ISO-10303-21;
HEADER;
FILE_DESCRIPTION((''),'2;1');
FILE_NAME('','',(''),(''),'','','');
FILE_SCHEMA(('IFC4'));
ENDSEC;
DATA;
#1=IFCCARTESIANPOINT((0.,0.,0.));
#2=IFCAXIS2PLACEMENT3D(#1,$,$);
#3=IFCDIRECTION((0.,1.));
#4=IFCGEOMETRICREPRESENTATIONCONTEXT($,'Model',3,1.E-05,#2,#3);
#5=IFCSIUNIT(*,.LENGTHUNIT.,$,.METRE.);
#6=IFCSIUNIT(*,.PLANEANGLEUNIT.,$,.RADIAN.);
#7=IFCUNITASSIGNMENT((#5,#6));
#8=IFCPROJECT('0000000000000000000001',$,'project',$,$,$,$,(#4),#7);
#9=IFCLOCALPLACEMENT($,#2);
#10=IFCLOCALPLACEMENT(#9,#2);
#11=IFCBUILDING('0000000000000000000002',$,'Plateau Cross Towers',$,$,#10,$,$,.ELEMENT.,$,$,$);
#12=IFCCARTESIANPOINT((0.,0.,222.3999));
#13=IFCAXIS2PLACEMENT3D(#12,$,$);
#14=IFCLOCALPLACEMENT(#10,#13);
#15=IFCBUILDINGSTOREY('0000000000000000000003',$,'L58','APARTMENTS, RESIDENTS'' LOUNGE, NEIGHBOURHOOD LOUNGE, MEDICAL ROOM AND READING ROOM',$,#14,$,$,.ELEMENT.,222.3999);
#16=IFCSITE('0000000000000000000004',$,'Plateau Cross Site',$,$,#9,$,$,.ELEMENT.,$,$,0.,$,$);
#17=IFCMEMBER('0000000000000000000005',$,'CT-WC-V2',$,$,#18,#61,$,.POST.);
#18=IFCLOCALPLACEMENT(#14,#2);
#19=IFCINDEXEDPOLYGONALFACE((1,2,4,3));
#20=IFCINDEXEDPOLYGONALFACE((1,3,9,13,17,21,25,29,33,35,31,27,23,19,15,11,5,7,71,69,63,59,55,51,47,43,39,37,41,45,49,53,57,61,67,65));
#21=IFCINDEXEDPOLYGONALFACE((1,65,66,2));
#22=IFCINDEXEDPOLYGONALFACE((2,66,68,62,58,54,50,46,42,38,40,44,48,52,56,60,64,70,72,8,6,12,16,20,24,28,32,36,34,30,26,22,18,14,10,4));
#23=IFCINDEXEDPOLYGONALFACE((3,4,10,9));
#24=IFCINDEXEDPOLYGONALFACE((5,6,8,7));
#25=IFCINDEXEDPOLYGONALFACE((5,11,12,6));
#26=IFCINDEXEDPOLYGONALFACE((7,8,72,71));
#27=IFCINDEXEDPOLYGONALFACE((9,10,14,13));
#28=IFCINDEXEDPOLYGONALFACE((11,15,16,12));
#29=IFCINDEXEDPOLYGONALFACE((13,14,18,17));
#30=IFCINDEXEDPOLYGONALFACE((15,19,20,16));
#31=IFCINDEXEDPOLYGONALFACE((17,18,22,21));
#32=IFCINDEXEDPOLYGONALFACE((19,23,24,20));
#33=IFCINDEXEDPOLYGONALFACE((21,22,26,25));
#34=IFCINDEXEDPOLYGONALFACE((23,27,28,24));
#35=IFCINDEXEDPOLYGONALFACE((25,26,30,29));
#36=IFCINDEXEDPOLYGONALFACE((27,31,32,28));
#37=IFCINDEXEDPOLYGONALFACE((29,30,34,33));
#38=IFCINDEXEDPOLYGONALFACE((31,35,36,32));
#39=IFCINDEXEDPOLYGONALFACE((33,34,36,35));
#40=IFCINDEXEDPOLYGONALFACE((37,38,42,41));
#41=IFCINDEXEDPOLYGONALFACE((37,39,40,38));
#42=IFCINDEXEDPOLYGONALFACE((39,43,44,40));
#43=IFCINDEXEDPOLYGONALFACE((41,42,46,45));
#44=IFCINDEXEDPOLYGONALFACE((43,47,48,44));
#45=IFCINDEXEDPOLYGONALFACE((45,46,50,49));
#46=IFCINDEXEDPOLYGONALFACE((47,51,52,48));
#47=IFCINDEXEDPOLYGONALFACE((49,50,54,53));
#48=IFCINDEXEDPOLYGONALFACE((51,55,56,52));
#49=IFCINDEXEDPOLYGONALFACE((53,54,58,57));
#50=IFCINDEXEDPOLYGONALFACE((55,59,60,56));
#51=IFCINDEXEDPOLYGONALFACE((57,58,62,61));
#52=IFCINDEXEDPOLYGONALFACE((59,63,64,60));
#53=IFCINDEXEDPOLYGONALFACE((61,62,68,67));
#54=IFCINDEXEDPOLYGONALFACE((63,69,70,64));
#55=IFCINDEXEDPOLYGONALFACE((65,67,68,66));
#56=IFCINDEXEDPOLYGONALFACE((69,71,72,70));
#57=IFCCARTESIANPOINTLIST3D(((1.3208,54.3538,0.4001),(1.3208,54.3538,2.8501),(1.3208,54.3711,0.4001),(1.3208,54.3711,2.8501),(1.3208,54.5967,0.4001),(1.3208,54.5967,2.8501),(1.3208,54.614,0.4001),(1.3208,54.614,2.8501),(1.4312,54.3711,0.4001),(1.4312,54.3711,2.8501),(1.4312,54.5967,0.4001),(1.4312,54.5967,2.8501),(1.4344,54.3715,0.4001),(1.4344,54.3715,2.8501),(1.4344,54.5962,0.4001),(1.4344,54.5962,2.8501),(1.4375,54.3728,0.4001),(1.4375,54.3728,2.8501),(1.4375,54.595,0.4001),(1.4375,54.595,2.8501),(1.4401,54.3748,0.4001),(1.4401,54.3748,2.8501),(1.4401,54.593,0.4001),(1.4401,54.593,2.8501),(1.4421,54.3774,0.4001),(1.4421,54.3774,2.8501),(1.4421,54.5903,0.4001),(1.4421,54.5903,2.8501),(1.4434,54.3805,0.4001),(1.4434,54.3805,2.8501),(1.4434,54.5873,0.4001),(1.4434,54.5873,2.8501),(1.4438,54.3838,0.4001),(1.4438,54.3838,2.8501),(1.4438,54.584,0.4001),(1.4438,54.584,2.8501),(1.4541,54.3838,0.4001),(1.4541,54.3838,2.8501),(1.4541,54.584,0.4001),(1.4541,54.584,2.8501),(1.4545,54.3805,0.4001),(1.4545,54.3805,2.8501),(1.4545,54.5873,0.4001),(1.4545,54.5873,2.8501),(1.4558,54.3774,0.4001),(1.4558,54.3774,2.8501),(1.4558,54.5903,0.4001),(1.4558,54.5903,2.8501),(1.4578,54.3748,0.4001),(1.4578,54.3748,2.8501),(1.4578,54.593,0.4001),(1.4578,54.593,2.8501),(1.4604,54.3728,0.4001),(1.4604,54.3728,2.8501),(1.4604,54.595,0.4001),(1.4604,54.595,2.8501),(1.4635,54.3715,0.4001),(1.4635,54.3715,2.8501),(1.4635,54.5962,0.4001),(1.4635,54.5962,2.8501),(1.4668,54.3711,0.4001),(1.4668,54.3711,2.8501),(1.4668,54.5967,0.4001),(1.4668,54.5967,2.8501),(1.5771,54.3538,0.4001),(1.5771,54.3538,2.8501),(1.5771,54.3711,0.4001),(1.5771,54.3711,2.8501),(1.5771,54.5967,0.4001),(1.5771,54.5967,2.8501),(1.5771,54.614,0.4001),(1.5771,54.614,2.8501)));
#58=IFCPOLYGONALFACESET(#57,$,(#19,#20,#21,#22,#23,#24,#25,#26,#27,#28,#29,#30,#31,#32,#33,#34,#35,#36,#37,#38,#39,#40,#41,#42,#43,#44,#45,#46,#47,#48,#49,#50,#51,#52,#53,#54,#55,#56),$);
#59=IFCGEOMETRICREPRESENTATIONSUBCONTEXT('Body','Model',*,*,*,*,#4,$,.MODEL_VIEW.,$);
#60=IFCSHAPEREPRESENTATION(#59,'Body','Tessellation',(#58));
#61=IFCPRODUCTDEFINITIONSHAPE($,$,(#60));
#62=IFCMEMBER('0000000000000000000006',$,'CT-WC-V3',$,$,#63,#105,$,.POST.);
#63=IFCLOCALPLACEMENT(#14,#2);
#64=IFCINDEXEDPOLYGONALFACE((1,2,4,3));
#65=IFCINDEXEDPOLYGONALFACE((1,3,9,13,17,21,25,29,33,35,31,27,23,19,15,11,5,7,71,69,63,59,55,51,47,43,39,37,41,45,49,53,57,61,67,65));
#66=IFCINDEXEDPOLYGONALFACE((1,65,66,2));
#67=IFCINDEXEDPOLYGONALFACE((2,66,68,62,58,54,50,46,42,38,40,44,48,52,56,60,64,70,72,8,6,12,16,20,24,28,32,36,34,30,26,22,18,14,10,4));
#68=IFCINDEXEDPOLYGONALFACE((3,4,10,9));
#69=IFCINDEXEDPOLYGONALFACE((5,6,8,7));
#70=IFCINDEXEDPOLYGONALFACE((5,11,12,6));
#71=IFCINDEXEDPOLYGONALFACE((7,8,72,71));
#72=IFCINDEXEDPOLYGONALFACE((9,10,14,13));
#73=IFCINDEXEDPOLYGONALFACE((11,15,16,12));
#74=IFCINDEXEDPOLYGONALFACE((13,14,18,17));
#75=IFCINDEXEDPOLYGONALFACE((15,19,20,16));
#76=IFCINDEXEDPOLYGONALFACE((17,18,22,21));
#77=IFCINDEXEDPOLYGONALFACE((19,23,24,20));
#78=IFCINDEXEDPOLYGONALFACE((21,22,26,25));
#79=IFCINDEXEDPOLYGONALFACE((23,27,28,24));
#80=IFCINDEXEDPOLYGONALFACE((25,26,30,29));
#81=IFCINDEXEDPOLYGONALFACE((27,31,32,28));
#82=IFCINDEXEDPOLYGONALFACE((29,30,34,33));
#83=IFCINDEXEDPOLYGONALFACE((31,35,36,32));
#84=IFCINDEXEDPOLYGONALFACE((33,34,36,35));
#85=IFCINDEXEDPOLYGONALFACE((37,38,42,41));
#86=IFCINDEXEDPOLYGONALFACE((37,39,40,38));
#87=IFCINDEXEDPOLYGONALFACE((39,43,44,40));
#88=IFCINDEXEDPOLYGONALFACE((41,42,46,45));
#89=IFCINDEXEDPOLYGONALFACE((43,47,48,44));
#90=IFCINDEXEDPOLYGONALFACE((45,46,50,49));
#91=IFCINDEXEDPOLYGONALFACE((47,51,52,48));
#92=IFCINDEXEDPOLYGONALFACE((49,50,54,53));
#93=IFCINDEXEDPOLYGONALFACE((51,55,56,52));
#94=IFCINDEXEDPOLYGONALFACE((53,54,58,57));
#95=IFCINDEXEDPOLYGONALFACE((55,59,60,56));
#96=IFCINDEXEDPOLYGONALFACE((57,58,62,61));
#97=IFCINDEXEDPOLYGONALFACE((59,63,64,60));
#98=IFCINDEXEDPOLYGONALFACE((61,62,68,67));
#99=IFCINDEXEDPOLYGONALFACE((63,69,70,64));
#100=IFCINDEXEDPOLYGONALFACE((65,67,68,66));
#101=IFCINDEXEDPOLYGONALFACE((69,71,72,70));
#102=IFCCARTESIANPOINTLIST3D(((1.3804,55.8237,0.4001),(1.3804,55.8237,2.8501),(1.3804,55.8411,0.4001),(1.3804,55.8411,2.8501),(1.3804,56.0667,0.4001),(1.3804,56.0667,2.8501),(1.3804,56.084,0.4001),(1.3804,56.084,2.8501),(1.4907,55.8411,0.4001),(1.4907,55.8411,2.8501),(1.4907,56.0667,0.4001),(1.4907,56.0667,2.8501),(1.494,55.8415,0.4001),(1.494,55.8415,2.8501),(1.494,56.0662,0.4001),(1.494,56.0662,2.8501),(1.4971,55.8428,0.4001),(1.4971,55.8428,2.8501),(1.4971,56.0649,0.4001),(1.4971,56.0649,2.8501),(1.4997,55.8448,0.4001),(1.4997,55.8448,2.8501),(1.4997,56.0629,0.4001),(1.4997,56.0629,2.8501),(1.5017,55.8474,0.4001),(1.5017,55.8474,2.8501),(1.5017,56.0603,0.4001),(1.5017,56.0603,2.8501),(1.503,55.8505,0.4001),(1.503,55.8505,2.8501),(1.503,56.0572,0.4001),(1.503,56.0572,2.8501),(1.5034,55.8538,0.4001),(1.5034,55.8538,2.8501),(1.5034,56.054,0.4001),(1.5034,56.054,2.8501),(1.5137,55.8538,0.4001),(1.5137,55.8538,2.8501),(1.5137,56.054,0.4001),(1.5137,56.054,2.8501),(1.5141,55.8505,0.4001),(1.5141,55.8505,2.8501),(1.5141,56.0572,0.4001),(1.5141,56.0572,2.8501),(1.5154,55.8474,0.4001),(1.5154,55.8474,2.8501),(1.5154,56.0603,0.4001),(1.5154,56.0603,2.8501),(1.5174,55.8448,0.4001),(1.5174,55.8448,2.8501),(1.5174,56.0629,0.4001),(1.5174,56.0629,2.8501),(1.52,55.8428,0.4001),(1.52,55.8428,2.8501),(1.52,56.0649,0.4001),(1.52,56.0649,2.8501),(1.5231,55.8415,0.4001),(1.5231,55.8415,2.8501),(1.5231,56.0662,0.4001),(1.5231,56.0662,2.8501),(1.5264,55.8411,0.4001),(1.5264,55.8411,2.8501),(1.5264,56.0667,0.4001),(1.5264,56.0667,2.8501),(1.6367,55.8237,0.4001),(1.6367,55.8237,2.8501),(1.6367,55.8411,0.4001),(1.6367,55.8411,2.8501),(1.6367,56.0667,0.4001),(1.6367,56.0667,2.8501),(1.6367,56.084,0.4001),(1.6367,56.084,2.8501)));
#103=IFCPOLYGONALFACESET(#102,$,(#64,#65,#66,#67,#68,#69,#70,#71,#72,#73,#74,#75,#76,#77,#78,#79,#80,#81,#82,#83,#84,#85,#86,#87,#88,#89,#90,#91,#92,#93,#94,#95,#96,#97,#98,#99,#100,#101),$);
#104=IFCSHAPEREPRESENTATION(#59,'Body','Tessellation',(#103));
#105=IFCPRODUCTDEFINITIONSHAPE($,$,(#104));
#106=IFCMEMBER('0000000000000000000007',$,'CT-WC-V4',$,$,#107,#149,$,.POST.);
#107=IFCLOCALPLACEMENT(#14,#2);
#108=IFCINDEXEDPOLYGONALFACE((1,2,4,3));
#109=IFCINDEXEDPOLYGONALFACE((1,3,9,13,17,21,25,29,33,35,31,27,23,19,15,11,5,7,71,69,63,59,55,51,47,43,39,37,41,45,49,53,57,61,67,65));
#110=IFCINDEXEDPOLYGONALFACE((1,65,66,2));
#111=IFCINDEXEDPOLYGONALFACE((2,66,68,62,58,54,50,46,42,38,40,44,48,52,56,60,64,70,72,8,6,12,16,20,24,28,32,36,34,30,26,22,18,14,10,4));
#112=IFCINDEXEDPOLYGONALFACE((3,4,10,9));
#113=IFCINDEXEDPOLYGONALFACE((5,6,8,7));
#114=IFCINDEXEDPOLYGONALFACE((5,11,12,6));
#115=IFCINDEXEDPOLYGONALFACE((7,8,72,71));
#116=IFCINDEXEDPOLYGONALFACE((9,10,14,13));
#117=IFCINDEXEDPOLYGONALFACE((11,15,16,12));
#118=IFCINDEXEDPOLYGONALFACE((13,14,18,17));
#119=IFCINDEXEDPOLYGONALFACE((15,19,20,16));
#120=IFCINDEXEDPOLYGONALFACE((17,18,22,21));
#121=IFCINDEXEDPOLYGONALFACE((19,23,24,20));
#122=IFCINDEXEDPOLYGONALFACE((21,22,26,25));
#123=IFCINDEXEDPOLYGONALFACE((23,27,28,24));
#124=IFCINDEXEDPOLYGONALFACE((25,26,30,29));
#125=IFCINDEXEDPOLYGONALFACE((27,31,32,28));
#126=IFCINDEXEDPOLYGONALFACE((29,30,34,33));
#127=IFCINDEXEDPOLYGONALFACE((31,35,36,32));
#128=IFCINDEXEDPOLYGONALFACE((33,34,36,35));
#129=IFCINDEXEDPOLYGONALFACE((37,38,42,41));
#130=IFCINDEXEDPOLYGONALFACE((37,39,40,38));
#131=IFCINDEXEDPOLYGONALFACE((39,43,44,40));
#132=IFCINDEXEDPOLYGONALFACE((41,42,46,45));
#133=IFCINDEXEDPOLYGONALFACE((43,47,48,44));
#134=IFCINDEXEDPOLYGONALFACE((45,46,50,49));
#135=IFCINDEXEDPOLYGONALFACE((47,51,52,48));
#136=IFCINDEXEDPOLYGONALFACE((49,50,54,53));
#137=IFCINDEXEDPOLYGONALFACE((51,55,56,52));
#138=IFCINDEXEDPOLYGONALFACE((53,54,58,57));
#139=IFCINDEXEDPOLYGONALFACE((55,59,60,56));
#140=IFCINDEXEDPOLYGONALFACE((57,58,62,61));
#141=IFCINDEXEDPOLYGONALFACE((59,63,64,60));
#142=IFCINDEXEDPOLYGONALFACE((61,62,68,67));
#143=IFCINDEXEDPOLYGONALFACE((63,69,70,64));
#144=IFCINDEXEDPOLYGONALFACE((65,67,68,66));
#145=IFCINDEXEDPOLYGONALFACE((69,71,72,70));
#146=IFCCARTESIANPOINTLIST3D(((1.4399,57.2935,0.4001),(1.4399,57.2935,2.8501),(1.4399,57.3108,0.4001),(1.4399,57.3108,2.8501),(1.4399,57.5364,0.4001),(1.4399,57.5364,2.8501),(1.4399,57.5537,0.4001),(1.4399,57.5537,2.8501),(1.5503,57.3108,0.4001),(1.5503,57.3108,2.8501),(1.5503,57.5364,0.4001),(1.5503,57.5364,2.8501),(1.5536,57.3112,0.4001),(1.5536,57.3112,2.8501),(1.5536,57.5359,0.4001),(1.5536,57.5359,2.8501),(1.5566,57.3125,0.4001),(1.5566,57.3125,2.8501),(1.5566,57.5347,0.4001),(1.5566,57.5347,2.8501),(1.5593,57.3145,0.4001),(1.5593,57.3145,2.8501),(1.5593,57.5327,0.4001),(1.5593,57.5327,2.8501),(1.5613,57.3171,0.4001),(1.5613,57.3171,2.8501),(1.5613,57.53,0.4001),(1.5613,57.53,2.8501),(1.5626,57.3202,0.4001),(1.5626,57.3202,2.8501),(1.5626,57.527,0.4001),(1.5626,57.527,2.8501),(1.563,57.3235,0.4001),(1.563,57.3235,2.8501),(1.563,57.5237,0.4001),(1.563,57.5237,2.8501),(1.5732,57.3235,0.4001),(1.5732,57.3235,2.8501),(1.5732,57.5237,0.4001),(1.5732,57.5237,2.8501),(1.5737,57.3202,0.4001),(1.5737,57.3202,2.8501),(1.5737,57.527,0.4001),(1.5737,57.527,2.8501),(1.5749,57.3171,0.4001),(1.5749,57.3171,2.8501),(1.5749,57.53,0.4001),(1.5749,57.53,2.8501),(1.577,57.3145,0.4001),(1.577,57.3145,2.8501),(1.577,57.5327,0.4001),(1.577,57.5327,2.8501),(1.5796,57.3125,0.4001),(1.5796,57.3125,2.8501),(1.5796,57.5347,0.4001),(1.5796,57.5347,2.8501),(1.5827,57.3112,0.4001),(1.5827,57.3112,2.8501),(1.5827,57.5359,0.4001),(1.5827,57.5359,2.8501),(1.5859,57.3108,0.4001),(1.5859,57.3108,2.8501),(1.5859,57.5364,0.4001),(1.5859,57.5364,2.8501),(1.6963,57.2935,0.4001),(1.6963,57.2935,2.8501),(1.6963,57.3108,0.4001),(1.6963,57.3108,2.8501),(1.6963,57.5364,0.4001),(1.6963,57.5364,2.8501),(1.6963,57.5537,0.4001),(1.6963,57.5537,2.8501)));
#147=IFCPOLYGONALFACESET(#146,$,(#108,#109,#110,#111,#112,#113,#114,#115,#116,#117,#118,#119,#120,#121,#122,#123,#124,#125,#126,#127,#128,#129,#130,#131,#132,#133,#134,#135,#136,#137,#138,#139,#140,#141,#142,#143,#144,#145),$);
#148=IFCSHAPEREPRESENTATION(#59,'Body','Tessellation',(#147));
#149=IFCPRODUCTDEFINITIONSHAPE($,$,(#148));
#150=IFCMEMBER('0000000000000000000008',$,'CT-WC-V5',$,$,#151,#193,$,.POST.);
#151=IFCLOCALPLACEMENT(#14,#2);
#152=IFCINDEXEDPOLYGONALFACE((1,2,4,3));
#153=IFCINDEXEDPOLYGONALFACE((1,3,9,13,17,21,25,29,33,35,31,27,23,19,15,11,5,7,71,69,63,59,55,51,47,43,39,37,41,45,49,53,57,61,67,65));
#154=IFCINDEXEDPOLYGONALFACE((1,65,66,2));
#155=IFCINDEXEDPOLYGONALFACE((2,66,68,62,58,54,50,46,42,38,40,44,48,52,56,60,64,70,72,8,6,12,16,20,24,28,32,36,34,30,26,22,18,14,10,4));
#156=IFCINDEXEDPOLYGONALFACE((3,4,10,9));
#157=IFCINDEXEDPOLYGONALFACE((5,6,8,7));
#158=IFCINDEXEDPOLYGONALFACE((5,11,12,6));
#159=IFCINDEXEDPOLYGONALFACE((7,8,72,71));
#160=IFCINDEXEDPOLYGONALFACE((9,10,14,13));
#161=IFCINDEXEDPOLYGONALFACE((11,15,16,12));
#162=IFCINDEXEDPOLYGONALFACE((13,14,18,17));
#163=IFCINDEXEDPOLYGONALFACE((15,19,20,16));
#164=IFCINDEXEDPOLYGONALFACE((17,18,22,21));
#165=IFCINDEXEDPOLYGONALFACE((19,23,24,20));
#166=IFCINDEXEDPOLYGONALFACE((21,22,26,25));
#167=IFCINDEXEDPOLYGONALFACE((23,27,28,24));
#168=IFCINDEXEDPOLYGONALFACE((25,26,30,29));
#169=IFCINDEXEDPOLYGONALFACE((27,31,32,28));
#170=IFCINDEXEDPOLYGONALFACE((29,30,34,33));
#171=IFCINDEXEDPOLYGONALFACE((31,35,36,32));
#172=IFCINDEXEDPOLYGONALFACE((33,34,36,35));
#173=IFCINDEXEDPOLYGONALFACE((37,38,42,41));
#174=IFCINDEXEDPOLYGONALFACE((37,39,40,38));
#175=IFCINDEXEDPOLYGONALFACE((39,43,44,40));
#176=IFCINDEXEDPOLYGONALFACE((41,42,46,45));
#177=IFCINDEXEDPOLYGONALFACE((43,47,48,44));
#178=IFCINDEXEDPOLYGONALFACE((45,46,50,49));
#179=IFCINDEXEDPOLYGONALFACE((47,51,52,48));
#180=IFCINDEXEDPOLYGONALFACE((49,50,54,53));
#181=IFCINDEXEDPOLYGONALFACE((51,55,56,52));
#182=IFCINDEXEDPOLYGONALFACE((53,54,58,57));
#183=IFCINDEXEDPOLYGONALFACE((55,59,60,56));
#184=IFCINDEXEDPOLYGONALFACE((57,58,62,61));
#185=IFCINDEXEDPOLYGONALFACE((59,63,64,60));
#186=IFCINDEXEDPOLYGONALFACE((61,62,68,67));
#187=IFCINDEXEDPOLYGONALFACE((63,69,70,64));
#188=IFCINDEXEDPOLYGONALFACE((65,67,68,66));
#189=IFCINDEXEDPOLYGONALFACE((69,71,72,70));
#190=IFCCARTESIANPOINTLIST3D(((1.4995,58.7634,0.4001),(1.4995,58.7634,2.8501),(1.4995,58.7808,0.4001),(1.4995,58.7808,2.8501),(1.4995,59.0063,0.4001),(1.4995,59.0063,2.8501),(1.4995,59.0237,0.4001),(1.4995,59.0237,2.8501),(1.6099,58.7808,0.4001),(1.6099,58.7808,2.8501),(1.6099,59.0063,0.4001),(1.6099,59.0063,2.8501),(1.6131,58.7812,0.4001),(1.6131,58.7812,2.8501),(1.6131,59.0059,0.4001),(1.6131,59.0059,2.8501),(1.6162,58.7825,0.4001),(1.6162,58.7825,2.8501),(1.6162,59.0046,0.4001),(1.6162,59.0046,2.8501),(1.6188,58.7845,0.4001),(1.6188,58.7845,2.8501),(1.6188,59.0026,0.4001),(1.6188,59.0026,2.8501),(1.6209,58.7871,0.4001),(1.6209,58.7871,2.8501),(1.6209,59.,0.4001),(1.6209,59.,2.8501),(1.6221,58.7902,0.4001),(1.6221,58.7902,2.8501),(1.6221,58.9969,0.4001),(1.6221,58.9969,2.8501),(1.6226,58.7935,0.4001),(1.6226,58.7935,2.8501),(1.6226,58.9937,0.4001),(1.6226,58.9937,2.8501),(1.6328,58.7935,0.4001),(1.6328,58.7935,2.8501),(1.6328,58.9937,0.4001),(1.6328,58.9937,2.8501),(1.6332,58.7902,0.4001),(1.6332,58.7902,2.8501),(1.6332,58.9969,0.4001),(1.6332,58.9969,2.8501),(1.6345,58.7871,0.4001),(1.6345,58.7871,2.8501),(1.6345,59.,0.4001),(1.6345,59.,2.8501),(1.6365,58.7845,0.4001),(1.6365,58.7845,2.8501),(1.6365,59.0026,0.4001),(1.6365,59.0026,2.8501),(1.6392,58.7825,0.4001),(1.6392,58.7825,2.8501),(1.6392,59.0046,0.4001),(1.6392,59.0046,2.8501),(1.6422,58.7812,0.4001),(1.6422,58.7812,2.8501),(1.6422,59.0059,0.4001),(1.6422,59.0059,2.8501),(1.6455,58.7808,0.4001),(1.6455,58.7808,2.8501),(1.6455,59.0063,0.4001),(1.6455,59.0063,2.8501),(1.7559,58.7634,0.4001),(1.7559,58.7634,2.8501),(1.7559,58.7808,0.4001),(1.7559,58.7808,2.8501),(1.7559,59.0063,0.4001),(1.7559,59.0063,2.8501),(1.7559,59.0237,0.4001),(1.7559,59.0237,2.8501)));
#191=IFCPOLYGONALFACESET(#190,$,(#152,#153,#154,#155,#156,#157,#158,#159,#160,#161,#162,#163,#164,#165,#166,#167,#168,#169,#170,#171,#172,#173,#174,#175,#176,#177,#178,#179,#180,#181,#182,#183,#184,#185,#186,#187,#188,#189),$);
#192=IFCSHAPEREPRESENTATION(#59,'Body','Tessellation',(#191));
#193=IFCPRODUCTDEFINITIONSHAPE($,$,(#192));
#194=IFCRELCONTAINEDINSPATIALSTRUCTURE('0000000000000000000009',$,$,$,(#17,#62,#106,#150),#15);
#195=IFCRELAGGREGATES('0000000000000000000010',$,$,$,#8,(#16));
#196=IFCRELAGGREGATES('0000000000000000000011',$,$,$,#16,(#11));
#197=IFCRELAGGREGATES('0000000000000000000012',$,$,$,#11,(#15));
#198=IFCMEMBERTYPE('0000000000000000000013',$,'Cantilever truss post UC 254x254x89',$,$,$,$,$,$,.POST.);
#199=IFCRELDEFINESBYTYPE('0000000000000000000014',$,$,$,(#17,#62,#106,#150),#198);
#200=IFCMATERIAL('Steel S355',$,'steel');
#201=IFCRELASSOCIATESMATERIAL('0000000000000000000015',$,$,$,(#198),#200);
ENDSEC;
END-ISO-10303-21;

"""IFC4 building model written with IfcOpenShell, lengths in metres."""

from ifc_helpers import new_model, si_unit, direction, frame, origin, origin_2d, place, context, subcontext, project, spatial, i_section, extrude, material, material_profile, profile_set, type_object, element, save


model = new_model("IFC4")

# Units and contexts
model_context = context("Model", 3, precision=1e-05, world=origin(), true_north=direction((0.0, 1.0)))
body_context = subcontext(model_context, "Body", "Model", "MODEL_VIEW")
ifc_project = project(units=[si_unit("LENGTHUNIT", "METRE"), si_unit("PLANEANGLEUNIT", "RADIAN")], contexts=[model_context])

# Site, building, storey
site_placement = place(None, origin())
site = spatial("IfcSite", under=ifc_project, at=site_placement, Name="Plateau Cross Site", CompositionType="ELEMENT", RefElevation=0.0)
building_placement = place(site_placement, origin())
building = spatial("IfcBuilding", under=site, at=building_placement, Name="Plateau Cross Towers", CompositionType="ELEMENT")
storey_placement = place(building_placement, frame((0.0, 0.0, 222.3999)))
storey = spatial("IfcBuildingStorey", under=building, at=storey_placement, Name="L58", Description="APARTMENTS, RESIDENTS' LOUNGE, NEIGHBOURHOOD LOUNGE, MEDICAL ROOM AND READING ROOM", CompositionType="ELEMENT", Elevation=222.3999)

# Members
ifc_material_1 = material(Name="Steel S355", Category="steel")
ifc_material_profile_1 = material_profile(ifc_material_1, i_section(OverallWidth=0.2563, OverallDepth=0.2603, WebThickness=0.0103, FlangeThickness=0.0173, FilletRadius=0.0127, at=origin_2d()), Name="UC 254x254x89")
ifc_profile_set_1 = profile_set([ifc_material_profile_1], Name="Steel S355")
member_type_1 = type_object("IfcMemberType", Name="Cantilever truss post UC 254x254x89", PredefinedType="POST", material=ifc_profile_set_1)
for number, where, z_axis, x_axis, name in (
    (1, (1.449, 54.4839, 0.4001), (0.0, 0.0, 1.0), (1.0, 0.0, 0.0), "CT-WC-V2"),
    (2, (1.5085, 55.9539, 0.4001), (0.0, 0.0, 1.0), (1.0, 0.0, 0.0), "CT-WC-V3"),
    (3, (1.5681, 57.4236, 0.4001), (0.0, 0.0, 1.0), (1.0, 0.0, 0.0), "CT-WC-V4"),
    (4, (1.6277, 58.8936, 0.4001), (0.0, 0.0, 1.0), (1.0, 0.0, 0.0), "CT-WC-V5"),
):
    element("IfcMember", number, at=place(storey_placement, frame(where, z_axis=z_axis, x_axis=x_axis)), inside=storey, type_object=member_type_1, Name=name, PredefinedType="POST", context=body_context, shape_type="SweptSolid", body=[
        extrude(i_section(OverallWidth=0.2563, OverallDepth=0.2603, WebThickness=0.0103, FlangeThickness=0.0173, FilletRadius=0.0127, at=origin_2d()), origin(), (0.0, 0.0, 1.0), 2.45),
    ])

save(model, "model.ifc")
